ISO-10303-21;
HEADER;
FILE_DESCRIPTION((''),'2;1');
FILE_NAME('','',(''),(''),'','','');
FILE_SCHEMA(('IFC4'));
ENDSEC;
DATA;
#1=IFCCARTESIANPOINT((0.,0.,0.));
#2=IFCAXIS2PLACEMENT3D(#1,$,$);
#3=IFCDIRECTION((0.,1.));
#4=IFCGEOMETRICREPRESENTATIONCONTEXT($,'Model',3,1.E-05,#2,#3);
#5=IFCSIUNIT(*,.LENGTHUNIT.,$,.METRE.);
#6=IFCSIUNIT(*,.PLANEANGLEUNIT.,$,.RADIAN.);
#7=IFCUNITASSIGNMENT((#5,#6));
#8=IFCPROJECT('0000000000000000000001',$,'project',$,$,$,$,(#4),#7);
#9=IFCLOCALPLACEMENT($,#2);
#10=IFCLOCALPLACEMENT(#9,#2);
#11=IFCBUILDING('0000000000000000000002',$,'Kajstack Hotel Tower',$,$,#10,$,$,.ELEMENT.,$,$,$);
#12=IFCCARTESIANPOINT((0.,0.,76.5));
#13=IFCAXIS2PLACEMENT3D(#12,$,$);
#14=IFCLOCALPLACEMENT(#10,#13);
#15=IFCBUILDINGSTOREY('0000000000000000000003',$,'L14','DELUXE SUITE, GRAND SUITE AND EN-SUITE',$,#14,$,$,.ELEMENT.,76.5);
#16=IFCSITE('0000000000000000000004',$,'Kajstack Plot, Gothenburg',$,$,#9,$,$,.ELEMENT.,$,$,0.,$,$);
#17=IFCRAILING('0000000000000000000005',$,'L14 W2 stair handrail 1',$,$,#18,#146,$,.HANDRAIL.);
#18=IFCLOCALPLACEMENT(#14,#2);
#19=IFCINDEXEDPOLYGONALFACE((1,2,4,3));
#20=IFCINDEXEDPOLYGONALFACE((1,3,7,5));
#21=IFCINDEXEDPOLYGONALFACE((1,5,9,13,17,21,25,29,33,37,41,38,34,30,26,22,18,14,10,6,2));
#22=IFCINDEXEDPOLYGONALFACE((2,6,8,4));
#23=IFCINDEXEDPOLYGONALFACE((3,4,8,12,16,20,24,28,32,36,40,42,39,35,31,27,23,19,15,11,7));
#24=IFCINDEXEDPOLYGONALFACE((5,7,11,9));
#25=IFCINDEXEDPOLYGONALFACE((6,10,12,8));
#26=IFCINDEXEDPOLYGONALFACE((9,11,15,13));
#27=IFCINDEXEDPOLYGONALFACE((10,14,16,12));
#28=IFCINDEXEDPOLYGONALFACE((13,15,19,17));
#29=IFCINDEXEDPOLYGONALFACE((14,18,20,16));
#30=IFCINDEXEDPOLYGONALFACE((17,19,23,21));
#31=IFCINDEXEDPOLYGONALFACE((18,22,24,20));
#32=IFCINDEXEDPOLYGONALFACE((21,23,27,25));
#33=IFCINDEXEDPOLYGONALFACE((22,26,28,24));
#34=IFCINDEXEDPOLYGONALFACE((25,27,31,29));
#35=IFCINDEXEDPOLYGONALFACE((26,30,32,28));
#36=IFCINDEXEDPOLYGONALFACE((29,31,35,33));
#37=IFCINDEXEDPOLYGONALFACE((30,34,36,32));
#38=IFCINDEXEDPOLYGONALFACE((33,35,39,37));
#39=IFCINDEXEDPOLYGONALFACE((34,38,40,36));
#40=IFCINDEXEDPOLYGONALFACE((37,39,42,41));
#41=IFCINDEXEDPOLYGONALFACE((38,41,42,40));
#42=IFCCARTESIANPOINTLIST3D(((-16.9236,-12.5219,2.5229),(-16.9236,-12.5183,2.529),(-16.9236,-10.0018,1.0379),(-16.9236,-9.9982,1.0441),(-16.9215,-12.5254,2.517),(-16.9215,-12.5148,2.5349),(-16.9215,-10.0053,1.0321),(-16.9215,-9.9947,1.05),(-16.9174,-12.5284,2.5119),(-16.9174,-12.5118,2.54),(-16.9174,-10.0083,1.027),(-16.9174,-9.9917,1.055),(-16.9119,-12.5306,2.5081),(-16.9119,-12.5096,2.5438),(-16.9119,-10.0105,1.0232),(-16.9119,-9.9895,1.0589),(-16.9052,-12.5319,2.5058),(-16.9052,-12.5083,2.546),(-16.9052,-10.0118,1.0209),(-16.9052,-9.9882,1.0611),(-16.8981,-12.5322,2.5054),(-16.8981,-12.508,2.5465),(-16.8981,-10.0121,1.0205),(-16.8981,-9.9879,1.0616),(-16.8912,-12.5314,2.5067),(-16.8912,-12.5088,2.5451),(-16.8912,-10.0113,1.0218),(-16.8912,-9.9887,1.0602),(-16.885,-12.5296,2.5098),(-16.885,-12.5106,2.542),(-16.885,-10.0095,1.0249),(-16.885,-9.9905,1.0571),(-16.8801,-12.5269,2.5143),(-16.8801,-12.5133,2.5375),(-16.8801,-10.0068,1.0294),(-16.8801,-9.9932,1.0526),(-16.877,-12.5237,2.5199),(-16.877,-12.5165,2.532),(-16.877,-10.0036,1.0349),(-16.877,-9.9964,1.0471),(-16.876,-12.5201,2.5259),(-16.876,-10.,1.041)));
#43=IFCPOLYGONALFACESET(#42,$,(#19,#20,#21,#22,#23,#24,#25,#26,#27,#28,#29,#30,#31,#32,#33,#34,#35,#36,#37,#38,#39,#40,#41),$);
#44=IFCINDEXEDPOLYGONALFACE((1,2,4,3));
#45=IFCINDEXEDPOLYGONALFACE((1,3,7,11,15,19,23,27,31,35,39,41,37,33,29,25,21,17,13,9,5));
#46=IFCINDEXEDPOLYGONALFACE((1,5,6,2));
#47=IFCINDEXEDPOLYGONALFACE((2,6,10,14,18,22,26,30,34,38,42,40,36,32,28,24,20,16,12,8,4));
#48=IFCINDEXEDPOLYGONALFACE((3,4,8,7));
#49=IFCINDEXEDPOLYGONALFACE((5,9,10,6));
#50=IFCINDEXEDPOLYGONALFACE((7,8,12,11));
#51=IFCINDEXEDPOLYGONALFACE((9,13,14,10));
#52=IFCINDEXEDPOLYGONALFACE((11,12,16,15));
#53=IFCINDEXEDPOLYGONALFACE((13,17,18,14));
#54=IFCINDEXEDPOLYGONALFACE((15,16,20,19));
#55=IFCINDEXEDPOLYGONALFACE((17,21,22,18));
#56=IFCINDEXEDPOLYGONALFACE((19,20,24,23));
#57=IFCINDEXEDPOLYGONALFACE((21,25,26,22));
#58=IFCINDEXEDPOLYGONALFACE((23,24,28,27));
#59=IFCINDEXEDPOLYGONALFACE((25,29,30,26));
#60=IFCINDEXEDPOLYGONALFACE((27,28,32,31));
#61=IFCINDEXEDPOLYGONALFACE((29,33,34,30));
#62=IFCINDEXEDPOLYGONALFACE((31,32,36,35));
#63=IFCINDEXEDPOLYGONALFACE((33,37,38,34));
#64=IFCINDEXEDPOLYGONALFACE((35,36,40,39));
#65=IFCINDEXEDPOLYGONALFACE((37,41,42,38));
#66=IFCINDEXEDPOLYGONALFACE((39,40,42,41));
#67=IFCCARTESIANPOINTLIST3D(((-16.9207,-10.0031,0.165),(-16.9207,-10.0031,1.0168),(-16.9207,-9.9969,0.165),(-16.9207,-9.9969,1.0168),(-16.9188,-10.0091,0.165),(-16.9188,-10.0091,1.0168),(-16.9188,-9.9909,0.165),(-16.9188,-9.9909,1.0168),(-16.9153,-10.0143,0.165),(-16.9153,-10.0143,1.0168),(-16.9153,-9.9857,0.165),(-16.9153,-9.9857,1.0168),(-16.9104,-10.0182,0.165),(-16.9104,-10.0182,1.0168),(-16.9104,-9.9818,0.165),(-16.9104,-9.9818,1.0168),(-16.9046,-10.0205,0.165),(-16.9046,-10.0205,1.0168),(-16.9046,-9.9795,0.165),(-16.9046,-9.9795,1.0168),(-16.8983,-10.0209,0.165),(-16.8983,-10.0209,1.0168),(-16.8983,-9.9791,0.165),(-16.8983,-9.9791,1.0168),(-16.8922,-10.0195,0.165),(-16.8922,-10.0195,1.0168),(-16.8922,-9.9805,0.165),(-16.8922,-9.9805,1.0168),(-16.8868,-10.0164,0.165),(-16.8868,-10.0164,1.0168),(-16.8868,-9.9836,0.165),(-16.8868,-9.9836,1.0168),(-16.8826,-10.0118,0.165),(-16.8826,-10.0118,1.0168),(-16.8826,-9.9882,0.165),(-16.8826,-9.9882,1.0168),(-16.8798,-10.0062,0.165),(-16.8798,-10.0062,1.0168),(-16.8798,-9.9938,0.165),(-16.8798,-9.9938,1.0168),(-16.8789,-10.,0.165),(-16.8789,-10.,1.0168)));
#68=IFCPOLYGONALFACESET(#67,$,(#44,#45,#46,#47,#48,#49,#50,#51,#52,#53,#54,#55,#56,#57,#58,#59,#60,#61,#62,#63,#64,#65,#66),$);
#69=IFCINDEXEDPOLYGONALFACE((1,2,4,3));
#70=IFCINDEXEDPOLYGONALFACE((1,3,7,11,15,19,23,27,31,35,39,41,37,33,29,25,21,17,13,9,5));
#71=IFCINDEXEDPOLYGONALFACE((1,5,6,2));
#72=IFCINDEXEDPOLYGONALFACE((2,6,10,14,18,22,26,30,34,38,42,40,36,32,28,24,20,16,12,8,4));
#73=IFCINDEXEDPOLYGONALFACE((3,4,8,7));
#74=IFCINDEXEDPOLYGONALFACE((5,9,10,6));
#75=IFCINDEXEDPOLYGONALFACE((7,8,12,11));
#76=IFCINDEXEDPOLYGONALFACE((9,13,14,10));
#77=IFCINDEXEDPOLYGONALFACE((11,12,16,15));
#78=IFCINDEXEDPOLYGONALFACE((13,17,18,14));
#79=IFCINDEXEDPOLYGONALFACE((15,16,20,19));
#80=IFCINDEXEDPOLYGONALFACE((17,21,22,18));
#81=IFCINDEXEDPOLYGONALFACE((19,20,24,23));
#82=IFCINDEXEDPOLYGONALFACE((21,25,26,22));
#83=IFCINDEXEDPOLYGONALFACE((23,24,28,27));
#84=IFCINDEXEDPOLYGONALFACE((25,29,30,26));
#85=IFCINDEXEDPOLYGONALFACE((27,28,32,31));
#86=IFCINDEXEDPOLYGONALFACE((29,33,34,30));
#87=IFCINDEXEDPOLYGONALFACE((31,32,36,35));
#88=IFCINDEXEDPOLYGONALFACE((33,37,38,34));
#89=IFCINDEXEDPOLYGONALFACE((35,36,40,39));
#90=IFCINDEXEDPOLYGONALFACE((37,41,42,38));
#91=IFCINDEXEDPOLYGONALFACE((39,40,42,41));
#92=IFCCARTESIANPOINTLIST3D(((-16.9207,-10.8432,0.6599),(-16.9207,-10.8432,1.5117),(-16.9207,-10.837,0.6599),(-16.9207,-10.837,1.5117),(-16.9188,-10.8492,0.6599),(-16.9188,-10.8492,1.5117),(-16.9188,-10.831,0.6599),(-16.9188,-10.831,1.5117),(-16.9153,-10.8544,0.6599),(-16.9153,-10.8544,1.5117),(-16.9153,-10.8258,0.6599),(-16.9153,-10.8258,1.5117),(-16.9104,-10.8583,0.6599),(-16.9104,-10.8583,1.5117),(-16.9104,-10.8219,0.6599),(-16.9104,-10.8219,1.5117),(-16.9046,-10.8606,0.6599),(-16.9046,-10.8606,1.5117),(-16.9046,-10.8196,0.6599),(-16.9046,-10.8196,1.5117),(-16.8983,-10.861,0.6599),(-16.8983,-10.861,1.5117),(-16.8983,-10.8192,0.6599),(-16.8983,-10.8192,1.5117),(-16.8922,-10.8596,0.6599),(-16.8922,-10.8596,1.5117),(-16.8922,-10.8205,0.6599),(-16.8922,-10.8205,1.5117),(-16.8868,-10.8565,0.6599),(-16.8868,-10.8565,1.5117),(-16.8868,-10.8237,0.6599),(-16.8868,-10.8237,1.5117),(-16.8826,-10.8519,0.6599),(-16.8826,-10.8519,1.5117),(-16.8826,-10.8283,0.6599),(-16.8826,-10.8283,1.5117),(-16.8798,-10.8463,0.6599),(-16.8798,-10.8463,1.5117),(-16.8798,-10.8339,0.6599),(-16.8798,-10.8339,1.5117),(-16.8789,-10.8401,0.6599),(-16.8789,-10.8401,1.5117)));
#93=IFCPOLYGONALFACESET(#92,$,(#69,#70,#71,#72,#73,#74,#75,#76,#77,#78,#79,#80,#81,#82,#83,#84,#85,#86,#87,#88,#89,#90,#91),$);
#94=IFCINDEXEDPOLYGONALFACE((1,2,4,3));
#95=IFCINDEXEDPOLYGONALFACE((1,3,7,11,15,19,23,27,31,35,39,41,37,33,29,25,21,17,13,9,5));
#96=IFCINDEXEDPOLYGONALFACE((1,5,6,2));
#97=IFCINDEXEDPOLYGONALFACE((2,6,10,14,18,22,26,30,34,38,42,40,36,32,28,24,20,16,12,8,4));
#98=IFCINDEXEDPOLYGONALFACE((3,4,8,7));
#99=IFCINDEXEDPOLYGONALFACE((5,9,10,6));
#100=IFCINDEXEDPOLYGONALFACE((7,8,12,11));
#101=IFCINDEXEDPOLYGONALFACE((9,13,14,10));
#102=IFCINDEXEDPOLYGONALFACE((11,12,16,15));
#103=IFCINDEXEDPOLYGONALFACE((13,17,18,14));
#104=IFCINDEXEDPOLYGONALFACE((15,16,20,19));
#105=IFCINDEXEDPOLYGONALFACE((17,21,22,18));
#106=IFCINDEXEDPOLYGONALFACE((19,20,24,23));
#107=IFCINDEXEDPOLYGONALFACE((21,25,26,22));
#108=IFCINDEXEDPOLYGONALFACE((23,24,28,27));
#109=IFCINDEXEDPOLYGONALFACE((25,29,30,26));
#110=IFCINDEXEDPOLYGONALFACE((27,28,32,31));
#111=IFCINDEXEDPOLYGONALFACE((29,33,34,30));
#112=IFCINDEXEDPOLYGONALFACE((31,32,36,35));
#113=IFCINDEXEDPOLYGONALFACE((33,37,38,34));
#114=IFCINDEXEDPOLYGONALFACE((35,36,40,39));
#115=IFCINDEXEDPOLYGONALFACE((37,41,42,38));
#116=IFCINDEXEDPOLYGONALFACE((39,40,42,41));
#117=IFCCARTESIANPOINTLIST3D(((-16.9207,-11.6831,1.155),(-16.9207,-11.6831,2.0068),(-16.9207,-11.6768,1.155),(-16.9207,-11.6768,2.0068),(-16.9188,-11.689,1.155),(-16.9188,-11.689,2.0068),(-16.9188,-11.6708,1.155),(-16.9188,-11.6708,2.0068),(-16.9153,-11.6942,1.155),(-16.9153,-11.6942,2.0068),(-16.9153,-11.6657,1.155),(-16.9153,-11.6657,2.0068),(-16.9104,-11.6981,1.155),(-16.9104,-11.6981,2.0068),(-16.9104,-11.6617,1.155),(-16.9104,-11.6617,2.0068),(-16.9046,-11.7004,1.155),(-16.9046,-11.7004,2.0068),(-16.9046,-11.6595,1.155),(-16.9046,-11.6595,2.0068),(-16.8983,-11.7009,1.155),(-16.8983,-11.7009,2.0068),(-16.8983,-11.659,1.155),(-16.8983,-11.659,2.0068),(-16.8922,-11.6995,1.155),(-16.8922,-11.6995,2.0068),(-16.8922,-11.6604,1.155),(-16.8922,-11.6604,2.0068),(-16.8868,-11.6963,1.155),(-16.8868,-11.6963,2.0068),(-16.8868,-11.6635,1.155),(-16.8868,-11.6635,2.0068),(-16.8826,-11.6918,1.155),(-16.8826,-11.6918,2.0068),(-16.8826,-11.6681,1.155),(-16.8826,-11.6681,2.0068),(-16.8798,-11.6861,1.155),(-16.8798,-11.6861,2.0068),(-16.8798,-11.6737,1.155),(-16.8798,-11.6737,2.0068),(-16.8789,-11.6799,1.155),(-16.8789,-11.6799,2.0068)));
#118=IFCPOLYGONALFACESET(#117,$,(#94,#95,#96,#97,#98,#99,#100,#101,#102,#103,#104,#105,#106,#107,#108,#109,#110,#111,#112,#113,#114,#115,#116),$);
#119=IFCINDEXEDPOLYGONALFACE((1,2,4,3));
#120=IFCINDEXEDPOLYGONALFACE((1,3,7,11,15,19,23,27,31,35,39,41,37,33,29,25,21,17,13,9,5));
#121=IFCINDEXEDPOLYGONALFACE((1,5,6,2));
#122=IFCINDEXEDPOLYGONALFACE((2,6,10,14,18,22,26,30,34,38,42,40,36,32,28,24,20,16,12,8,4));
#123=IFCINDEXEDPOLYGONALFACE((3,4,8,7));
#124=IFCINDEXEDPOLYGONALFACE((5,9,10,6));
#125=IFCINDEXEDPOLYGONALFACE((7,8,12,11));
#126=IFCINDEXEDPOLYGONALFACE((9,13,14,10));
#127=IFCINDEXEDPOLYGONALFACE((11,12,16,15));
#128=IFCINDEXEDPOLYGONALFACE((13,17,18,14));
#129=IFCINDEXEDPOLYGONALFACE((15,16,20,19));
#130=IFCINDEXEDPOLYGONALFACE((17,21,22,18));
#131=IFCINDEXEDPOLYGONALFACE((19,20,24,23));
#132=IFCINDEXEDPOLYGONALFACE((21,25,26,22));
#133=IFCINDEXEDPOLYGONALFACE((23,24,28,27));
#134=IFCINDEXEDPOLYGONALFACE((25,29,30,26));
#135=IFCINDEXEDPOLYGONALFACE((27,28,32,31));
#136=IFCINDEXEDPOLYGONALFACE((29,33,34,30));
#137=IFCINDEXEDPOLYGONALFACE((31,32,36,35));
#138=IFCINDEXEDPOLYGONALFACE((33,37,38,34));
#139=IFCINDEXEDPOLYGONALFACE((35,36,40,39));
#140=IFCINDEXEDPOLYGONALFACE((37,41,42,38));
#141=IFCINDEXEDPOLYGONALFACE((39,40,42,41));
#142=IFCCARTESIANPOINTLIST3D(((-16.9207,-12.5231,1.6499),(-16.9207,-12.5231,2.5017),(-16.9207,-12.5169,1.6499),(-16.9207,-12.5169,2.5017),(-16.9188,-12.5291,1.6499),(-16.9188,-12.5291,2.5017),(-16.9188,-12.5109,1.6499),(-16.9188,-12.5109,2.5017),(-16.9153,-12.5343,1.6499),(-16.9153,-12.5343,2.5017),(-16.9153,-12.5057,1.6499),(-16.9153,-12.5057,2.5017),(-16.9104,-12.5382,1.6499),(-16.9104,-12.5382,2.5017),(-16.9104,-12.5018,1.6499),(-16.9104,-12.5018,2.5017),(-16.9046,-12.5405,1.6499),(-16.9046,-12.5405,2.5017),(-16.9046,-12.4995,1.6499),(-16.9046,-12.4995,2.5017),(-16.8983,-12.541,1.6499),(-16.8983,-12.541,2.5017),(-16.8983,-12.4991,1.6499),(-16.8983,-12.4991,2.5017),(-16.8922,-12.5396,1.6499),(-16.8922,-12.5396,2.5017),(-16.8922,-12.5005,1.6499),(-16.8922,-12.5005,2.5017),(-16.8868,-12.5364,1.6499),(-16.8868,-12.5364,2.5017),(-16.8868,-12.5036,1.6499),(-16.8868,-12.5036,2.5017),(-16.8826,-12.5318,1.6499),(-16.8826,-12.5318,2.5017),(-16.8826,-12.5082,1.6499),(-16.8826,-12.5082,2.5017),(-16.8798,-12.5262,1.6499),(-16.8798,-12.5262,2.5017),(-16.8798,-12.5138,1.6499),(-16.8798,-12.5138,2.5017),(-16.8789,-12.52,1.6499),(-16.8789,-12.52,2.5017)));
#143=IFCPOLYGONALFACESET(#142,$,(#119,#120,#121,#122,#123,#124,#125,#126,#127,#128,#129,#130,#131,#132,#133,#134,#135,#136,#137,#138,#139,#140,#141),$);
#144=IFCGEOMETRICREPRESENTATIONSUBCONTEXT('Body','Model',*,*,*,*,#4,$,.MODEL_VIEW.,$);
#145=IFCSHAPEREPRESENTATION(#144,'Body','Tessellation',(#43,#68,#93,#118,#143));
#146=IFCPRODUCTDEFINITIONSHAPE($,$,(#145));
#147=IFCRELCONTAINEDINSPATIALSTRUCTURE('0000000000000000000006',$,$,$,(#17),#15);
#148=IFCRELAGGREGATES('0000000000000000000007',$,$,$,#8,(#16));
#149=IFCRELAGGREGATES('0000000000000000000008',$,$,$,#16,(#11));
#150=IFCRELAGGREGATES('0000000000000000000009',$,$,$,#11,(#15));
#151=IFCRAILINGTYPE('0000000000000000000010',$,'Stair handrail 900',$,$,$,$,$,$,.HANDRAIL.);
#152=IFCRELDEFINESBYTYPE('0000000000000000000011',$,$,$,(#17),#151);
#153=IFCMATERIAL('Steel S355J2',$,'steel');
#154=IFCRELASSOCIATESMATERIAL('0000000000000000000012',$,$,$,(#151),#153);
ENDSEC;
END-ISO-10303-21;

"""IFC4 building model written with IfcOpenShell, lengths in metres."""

from ifc_helpers import new_model, si_unit, direction, frame, origin, origin_2d, place, context, subcontext, project, spatial, circle, extrude, material, type_object, element, save


model = new_model("IFC4")

# Units and contexts
model_context = context("Model", 3, precision=1e-05, world=origin(), true_north=direction((0.0, 1.0)))
body_context = subcontext(model_context, "Body", "Model", "MODEL_VIEW")
ifc_project = project(units=[si_unit("LENGTHUNIT", "METRE"), si_unit("PLANEANGLEUNIT", "RADIAN")], contexts=[model_context])

# Site, building, storey
site_placement = place(None, origin())
site = spatial("IfcSite", under=ifc_project, at=site_placement, Name="Kajstack Plot, Gothenburg", CompositionType="ELEMENT", RefElevation=0.0)
building_placement = place(site_placement, origin())
building = spatial("IfcBuilding", under=site, at=building_placement, Name="Kajstack Hotel Tower", CompositionType="ELEMENT")
storey_placement = place(building_placement, frame((0.0, 0.0, 76.5)))
storey = spatial("IfcBuildingStorey", under=building, at=storey_placement, Name="L14", Description="DELUXE SUITE, GRAND SUITE AND EN-SUITE", CompositionType="ELEMENT", Elevation=76.5)

# Railing
ifc_material_1 = material(Name="Steel S355J2", Category="steel")
railing_type_1 = type_object("IfcRailingType", Name="Stair handrail 900", PredefinedType="HANDRAIL", material=ifc_material_1)
railing_1_placement = place(storey_placement, frame((-16.8999, -10.0, 0.165)))
element("IfcRailing", 1, at=railing_1_placement, inside=storey, type_object=railing_type_1, Name="L14 W2 stair handrail 1", PredefinedType="HANDRAIL", context=body_context, shape_type="SweptSolid", body=[
    extrude(circle(Radius=0.0239, at=origin_2d()), frame((0.0, 0.0, 0.876), z_axis=(0.0, -0.861561, 0.507655), x_axis=(1.0, 0.0, 0.0)), (0.0, 0.0, 1.0), 2.925),
    extrude(circle(Radius=0.021, at=origin_2d()), origin(), (0.0, 0.0, 1.0), 0.8518),
    extrude(circle(Radius=0.021, at=origin_2d()), frame((0.0, -0.8401, 0.4949)), (0.0, 0.0, 1.0), 0.8518),
    extrude(circle(Radius=0.021, at=origin_2d()), frame((0.0, -1.6799, 0.99)), (0.0, 0.0, 1.0), 0.8518),
    extrude(circle(Radius=0.021, at=origin_2d()), frame((0.0, -2.52, 1.4849)), (0.0, 0.0, 1.0), 0.8518),
])

save(model, "model.ifc")
